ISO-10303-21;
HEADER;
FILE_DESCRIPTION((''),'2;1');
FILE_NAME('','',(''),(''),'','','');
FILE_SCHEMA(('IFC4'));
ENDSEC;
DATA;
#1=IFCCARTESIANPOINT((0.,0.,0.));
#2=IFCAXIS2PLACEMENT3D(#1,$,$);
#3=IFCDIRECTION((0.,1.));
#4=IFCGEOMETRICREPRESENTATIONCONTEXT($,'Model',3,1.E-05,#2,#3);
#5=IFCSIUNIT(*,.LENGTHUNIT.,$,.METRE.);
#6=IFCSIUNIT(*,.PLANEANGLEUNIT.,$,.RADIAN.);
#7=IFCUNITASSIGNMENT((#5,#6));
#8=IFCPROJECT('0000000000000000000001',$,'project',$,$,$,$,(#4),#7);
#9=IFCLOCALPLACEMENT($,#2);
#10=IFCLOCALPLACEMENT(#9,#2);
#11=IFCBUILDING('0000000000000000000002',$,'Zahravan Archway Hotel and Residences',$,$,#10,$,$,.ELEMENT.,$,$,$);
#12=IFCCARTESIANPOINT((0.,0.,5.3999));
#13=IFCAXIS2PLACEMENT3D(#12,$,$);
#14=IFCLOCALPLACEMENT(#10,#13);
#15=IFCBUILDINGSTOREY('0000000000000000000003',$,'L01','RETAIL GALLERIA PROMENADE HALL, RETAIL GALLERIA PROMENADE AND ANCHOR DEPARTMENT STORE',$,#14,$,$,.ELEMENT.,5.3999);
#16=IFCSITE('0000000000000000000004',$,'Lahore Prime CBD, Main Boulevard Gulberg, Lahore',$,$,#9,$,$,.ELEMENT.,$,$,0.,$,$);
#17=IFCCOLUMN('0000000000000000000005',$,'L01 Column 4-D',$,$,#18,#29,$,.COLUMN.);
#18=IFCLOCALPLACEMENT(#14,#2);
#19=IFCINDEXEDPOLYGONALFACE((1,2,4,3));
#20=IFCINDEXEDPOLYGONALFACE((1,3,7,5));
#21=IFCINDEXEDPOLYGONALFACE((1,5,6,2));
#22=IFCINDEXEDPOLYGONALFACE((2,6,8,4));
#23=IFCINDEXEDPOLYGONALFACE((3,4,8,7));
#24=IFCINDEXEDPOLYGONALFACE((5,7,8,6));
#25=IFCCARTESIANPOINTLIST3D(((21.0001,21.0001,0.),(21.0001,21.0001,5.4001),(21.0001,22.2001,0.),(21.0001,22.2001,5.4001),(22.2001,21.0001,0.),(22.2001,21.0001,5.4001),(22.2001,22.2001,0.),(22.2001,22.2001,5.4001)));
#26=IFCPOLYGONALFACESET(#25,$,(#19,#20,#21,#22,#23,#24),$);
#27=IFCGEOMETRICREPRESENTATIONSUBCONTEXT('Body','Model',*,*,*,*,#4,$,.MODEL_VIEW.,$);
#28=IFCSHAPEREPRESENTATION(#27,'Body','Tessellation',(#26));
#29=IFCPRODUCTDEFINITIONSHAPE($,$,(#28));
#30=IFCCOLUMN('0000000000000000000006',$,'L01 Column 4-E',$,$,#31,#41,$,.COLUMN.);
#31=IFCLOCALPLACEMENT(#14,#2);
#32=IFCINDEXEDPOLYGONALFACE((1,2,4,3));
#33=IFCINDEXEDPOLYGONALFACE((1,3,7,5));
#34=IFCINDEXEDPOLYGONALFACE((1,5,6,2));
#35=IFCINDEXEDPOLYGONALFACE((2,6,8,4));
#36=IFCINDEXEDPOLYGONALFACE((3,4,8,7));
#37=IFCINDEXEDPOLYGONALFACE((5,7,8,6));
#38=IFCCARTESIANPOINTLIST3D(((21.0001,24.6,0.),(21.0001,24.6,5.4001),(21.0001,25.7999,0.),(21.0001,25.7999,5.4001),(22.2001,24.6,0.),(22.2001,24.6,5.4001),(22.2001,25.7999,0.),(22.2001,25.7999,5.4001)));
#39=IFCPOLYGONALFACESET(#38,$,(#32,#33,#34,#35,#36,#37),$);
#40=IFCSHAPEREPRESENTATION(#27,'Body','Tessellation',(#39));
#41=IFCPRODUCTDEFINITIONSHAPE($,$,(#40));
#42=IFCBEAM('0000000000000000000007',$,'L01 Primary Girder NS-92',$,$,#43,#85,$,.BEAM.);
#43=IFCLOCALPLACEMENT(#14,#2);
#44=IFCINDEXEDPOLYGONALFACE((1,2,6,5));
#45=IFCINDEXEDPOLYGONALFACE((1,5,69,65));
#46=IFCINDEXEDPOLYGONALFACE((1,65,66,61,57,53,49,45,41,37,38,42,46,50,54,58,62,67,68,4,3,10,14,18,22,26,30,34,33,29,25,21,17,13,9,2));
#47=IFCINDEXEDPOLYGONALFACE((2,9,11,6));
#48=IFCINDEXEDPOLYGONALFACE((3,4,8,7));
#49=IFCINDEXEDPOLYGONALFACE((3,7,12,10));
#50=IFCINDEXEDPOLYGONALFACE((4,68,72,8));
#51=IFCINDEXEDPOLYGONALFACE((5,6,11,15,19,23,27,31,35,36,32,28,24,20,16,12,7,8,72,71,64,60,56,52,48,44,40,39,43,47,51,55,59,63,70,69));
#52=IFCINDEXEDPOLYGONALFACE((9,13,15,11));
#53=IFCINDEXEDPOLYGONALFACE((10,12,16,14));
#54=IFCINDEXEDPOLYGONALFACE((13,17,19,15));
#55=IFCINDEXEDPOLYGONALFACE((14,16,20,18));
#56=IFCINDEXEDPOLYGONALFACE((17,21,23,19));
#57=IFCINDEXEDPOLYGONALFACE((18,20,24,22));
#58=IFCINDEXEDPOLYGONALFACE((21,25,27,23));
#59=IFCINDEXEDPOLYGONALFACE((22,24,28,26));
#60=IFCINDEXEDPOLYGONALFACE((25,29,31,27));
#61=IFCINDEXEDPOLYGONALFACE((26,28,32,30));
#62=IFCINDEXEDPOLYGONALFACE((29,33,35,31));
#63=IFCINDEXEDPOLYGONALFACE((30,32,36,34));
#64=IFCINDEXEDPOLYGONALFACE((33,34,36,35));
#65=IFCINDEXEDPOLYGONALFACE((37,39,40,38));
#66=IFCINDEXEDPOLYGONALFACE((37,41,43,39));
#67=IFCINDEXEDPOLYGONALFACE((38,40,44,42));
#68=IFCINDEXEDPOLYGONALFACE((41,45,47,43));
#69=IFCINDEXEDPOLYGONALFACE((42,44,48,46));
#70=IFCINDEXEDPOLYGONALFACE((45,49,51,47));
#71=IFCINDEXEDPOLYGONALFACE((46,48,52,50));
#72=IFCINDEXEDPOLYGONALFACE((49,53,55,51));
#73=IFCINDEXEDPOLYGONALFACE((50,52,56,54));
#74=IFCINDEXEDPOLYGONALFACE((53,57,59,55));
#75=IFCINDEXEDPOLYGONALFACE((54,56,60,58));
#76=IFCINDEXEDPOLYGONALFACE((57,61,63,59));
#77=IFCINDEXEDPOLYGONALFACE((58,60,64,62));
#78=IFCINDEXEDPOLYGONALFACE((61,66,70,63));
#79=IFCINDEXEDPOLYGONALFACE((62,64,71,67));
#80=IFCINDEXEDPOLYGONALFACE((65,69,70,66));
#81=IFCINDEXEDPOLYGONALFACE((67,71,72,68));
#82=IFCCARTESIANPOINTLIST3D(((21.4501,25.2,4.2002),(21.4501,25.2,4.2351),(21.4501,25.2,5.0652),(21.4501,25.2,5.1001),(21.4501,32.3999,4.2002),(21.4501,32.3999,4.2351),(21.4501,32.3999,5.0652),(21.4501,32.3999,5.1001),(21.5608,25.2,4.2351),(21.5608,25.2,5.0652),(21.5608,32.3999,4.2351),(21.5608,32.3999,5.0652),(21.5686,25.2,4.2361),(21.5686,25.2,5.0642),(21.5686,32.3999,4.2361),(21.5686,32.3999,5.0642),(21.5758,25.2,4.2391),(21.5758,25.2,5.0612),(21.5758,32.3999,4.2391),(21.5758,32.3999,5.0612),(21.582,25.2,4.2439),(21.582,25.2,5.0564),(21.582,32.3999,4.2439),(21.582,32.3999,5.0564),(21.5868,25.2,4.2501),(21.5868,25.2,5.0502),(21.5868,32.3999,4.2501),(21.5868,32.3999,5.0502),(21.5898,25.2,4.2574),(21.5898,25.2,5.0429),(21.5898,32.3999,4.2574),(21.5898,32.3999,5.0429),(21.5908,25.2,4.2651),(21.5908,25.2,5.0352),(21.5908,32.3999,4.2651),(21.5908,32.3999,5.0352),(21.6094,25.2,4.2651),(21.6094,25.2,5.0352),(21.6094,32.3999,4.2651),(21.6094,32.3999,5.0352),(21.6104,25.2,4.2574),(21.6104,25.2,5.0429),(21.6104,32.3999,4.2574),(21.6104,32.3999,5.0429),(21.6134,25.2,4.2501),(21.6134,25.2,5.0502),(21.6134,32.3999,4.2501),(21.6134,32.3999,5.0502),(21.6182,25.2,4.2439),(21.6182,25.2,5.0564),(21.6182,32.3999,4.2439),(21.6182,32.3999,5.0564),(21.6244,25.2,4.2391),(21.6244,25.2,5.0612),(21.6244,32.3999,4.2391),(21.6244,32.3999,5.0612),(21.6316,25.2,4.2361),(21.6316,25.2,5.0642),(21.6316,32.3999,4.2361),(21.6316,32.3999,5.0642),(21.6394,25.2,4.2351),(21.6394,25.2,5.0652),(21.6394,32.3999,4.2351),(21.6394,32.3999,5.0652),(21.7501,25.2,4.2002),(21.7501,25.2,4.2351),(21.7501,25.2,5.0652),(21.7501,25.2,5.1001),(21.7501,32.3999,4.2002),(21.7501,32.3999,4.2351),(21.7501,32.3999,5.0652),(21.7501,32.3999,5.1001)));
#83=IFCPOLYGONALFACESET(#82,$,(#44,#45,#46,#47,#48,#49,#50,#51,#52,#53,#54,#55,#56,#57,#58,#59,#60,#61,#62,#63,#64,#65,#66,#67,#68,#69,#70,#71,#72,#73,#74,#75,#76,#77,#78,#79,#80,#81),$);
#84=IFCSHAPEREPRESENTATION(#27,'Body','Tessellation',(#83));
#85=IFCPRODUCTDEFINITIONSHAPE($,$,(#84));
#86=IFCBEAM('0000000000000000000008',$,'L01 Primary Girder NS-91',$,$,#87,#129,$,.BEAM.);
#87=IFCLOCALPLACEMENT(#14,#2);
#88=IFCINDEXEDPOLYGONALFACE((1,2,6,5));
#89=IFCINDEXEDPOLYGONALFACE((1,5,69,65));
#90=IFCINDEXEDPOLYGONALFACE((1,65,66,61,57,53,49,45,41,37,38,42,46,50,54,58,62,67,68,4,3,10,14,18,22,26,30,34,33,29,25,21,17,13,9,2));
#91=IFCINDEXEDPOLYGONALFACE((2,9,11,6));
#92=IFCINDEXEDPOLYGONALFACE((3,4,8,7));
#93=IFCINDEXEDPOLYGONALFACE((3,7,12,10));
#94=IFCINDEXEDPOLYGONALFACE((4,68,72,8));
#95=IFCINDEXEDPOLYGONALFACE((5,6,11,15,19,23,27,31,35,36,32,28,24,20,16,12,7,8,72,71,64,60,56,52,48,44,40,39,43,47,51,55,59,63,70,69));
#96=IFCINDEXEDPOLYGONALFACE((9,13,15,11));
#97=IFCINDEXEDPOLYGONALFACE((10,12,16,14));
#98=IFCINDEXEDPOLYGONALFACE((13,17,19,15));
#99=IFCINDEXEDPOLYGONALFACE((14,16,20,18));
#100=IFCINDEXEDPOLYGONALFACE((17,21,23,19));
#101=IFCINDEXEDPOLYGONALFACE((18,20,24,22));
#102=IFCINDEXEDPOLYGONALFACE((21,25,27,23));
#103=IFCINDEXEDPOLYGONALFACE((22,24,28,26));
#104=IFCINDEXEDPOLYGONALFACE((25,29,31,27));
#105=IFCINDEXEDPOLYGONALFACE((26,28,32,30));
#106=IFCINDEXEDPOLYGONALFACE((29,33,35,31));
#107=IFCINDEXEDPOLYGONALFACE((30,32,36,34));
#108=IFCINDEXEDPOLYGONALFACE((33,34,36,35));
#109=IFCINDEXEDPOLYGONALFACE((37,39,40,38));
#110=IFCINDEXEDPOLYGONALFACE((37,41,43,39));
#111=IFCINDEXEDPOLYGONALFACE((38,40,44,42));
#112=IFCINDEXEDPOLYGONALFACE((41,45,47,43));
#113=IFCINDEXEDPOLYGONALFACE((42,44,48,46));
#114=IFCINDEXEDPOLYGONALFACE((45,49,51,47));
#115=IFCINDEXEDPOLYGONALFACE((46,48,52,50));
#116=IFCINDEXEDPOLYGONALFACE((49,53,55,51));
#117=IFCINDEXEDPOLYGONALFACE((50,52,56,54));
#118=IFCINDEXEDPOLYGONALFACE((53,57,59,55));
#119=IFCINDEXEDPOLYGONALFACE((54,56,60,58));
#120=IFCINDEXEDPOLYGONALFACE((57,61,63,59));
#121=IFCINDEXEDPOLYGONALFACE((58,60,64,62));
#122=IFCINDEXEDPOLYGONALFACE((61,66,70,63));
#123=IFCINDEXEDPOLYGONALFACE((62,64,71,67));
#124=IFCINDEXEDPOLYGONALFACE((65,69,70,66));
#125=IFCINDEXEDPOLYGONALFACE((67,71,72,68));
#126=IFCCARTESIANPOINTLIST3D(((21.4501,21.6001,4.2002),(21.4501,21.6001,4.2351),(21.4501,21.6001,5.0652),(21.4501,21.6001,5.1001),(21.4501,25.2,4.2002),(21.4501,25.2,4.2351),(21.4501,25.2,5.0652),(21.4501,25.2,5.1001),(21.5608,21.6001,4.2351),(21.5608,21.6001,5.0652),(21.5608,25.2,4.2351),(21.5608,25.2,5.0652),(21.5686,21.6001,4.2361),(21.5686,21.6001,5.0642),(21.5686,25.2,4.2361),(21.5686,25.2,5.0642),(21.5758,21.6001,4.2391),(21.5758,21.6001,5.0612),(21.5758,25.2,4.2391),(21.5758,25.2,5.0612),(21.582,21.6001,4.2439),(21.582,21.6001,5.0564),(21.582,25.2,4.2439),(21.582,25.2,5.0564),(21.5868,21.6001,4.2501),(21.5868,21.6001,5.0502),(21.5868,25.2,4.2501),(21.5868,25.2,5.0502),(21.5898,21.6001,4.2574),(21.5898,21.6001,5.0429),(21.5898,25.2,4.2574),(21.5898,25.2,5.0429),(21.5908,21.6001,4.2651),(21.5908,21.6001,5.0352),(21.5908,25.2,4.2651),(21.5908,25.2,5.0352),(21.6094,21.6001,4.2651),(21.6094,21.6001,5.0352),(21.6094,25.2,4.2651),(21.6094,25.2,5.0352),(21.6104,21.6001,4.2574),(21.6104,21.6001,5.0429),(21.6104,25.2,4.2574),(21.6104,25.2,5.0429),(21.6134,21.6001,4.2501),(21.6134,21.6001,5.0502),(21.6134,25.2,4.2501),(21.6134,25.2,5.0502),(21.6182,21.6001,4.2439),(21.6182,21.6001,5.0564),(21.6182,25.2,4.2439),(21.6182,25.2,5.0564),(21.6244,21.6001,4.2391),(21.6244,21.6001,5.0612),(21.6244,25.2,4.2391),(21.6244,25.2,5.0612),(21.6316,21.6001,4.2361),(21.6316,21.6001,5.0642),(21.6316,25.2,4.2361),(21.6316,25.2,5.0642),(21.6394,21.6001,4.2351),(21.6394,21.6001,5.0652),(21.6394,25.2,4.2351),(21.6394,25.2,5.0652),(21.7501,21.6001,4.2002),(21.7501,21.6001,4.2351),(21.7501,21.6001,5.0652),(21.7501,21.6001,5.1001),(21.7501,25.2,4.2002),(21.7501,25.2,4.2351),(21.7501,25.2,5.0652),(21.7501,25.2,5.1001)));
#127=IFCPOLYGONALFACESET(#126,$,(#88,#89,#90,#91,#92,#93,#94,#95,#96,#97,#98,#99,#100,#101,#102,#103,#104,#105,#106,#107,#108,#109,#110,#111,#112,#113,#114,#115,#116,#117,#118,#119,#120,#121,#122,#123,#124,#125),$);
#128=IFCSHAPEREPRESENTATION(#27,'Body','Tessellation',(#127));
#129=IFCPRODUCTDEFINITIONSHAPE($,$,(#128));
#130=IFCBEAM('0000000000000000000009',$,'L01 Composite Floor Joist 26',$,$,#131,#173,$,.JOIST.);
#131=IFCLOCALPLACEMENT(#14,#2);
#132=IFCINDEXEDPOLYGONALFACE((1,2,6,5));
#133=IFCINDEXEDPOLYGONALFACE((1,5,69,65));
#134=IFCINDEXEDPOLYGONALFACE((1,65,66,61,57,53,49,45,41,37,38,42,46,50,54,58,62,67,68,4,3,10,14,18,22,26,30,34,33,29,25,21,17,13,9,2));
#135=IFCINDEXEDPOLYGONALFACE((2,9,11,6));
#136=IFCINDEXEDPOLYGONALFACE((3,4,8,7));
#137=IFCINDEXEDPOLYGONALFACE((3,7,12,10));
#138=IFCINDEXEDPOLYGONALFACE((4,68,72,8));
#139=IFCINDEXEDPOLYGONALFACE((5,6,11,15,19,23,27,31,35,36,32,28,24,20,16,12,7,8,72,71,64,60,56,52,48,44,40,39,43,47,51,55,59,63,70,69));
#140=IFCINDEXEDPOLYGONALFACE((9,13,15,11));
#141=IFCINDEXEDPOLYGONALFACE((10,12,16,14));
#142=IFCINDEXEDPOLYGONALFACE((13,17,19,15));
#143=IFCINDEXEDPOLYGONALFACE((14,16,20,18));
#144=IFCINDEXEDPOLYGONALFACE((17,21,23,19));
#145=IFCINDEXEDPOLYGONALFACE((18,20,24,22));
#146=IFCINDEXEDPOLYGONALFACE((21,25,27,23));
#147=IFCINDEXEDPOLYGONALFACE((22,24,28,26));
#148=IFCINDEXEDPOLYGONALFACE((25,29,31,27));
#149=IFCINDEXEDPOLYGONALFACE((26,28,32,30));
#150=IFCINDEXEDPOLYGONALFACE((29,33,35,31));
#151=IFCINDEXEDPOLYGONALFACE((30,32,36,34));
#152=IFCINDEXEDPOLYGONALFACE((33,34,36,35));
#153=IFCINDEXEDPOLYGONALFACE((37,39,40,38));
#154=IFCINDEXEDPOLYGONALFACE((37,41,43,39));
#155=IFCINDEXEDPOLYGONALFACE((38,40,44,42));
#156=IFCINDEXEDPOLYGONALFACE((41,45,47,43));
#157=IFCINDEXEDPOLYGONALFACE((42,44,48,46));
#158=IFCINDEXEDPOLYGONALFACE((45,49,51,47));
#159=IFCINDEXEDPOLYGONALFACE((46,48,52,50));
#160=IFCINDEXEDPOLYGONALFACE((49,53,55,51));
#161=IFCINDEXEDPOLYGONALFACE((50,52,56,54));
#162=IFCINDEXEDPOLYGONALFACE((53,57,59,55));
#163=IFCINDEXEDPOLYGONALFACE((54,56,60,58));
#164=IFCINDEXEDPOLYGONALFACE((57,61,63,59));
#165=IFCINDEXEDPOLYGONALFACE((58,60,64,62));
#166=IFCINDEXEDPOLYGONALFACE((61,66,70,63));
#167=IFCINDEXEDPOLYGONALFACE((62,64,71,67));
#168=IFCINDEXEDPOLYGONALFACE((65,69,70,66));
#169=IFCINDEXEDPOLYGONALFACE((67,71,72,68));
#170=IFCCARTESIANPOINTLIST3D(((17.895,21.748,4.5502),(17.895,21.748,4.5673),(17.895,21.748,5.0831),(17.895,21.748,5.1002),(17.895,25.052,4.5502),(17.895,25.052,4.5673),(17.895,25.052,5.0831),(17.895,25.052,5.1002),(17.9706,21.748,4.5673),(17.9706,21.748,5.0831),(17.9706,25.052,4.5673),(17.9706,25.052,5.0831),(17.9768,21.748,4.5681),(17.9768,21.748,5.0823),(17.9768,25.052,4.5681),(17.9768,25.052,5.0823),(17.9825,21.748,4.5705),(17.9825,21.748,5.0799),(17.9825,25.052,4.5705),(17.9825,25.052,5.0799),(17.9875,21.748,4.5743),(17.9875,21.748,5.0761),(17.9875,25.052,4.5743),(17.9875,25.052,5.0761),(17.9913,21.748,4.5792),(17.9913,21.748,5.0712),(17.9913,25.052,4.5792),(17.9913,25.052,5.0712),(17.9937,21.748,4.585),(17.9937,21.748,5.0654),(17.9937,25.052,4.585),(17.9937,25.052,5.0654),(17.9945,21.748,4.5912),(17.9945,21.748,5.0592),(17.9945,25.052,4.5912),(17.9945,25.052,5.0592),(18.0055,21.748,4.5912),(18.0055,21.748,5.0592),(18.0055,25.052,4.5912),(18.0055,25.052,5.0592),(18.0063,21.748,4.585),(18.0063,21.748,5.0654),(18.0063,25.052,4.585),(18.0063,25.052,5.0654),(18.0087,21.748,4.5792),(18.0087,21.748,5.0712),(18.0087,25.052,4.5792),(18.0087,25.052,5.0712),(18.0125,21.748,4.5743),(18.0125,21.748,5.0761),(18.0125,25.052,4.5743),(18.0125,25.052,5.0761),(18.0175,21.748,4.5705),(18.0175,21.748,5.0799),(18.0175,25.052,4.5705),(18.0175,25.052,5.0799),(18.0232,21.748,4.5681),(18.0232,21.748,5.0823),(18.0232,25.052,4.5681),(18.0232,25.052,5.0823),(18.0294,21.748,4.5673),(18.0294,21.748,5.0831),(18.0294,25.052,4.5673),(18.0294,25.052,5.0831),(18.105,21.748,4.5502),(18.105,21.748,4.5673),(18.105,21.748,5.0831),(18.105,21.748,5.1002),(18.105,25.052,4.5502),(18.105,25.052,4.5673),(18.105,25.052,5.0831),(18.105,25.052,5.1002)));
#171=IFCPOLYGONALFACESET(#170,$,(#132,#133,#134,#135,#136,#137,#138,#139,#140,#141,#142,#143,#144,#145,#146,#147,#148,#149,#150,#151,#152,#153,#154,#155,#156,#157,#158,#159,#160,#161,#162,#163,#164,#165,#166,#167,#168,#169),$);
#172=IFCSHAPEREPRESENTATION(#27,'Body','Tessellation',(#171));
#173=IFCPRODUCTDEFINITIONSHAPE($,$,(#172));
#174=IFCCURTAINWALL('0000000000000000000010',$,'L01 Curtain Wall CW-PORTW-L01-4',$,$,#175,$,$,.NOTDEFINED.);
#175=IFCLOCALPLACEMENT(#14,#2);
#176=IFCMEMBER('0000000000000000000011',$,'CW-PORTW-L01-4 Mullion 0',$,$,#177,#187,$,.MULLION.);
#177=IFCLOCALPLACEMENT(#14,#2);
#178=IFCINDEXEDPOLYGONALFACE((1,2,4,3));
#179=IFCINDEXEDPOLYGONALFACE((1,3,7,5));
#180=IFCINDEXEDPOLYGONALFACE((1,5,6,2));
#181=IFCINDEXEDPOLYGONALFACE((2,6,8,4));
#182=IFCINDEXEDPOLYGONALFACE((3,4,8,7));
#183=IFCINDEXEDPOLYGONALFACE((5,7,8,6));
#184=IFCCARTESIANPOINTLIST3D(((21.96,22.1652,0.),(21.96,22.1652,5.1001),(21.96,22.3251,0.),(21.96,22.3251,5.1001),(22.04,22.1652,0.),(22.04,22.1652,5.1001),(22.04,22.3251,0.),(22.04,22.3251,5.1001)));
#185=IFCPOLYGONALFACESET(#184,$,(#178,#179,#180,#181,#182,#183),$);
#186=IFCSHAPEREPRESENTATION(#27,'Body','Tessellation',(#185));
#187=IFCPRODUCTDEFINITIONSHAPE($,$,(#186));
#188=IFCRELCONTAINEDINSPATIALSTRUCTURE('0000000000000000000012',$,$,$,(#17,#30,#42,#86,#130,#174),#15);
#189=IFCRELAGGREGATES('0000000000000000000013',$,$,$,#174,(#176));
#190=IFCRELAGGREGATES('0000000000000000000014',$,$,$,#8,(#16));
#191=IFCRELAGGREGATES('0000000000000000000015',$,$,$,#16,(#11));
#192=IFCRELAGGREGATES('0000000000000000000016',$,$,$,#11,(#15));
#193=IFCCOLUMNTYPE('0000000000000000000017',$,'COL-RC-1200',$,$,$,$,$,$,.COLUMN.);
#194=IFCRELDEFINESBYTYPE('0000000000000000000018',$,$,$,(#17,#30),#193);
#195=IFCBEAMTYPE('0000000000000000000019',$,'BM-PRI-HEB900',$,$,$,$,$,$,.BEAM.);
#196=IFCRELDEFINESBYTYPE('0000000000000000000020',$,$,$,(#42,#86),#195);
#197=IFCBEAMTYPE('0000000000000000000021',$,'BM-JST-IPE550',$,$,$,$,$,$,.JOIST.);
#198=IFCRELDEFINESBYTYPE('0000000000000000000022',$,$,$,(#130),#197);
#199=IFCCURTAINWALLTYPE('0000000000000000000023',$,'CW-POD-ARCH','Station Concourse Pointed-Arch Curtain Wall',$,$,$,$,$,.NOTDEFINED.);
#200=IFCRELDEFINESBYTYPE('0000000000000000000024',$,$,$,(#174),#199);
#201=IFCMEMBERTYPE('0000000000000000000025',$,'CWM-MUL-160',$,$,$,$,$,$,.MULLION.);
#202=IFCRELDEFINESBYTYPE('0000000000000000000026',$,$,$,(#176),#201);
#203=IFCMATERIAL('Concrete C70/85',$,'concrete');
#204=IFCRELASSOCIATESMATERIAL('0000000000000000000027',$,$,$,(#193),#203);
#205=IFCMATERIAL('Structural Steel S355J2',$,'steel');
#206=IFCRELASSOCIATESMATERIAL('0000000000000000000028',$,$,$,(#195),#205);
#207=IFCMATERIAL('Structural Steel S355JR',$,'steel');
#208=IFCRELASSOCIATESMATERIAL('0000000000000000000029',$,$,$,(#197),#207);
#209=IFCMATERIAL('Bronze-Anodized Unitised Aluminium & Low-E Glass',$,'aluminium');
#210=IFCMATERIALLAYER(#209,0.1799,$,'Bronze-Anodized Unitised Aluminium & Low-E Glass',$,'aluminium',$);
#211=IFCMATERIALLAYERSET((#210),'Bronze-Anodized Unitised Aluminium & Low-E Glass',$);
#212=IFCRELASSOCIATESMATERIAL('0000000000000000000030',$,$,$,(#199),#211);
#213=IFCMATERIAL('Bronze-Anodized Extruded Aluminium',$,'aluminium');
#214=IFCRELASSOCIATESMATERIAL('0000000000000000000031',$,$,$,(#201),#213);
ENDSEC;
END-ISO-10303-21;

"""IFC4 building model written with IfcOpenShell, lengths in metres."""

from ifc_helpers import new_model, si_unit, direction, frame, origin, origin_2d, place, context, subcontext, project, spatial, rectangle, i_section, extrude, source, transform, mapped, material, layer, layer_set, material_profile, profile_set, type_object, element, aggregate, save


model = new_model("IFC4")

# Units and contexts
model_context = context("Model", 3, precision=1e-05, world=origin(), true_north=direction((0.0, 1.0)))
body_context = subcontext(model_context, "Body", "Model", "MODEL_VIEW")
ifc_project = project(units=[si_unit("LENGTHUNIT", "METRE"), si_unit("PLANEANGLEUNIT", "RADIAN")], contexts=[model_context])

# Site, building, storey
site_placement = place(None, origin())
site = spatial("IfcSite", under=ifc_project, at=site_placement, Name="Lahore Prime CBD, Main Boulevard Gulberg, Lahore", CompositionType="ELEMENT", RefElevation=0.0)
building_placement = place(site_placement, origin())
building = spatial("IfcBuilding", under=site, at=building_placement, Name="Zahravan Archway Hotel and Residences", CompositionType="ELEMENT")
storey_placement = place(building_placement, frame((0.0, 0.0, 5.3999)))
storey = spatial("IfcBuildingStorey", under=building, at=storey_placement, Name="L01", Description="RETAIL GALLERIA PROMENADE HALL, RETAIL GALLERIA PROMENADE AND ANCHOR DEPARTMENT STORE", CompositionType="ELEMENT", Elevation=5.3999)

# Columns
ifc_material_1 = material(Name="Concrete C70/85", Category="concrete")
ifc_material_profile_1 = material_profile(ifc_material_1, rectangle(XDim=1.2, YDim=1.2, at=origin_2d()), Name="RC-COL-1200x1200", Category="concrete")
ifc_profile_set_1 = profile_set([ifc_material_profile_1], Name="Concrete C70/85")
column_type = type_object("IfcColumnType", Name="COL-RC-1200", PredefinedType="COLUMN", material=ifc_profile_set_1)
shared_shape_1 = source(origin(), body_context, "Body", "SweptSolid", [
    extrude(rectangle(XDim=1.2, YDim=1.2, at=origin_2d()), origin(), (0.0, 0.0, 1.0), 5.4001),
])
for number, where, z_axis, x_axis, name in (
    (1, (21.6001, 21.6001, 0.0), (0.0, 0.0, 1.0), (1.0, 0.0, 0.0), "L01 Column 4-D"),
    (2, (21.6001, 25.2, 0.0), (0.0, 0.0, 1.0), (1.0, 0.0, 0.0), "L01 Column 4-E"),
):
    element("IfcColumn", number, at=place(storey_placement, frame(where, z_axis=z_axis, x_axis=x_axis)), inside=storey, type_object=column_type, Name=name, PredefinedType="COLUMN", context=body_context, shape_type="MappedRepresentation", body=[
        mapped(shared_shape_1, transform((0.0, 0.0, 0.0), scale=1.0)),
    ])

# Beams
ifc_material_2 = material(Name="Structural Steel S355J2", Category="steel")
ifc_material_profile_2 = material_profile(ifc_material_2, i_section(OverallWidth=0.3, OverallDepth=0.8999, WebThickness=0.0186, FlangeThickness=0.0349, FilletRadius=0.03, at=origin_2d()), Name="HEB 900", Category="steel")
ifc_profile_set_2 = profile_set([ifc_material_profile_2], Name="Structural Steel S355J2")
beam_type_1 = type_object("IfcBeamType", Name="BM-PRI-HEB900", PredefinedType="BEAM", material=ifc_profile_set_2)
shared_shape_2 = source(origin(), body_context, "Body", "SweptSolid", [
    extrude(i_section(OverallWidth=0.3, OverallDepth=0.8999, WebThickness=0.0186, FlangeThickness=0.0349, FilletRadius=0.03, at=origin_2d()), origin(), (0.0, 0.0, 1.0), 7.2),
])
beam_1_placement = place(storey_placement, frame((21.6001, 25.2, 4.6501), z_axis=(0.0, 1.0, 0.0), x_axis=(-1.0, 0.0, 0.0)))
element("IfcBeam", 3, at=beam_1_placement, inside=storey, type_object=beam_type_1, Name="L01 Primary Girder NS-92", PredefinedType="BEAM", context=body_context, shape_type="MappedRepresentation", body=[
    mapped(shared_shape_2, transform((0.0, 0.0, 0.0), scale=1.0)),
])
shared_shape_3 = source(origin(), body_context, "Body", "SweptSolid", [
    extrude(i_section(OverallWidth=0.3, OverallDepth=0.8999, WebThickness=0.0186, FlangeThickness=0.0349, FilletRadius=0.03, at=origin_2d()), origin(), (0.0, 0.0, 1.0), 3.5999),
])
beam_2_placement = place(storey_placement, frame((21.6001, 21.6001, 4.6501), z_axis=(0.0, 1.0, 0.0), x_axis=(-1.0, 0.0, 0.0)))
element("IfcBeam", 4, at=beam_2_placement, inside=storey, type_object=beam_type_1, Name="L01 Primary Girder NS-91", PredefinedType="BEAM", context=body_context, shape_type="MappedRepresentation", body=[
    mapped(shared_shape_3, transform((0.0, 0.0, 0.0), scale=1.0)),
])
ifc_material_3 = material(Name="Structural Steel S355JR", Category="steel")
ifc_material_profile_3 = material_profile(ifc_material_3, i_section(OverallWidth=0.21, OverallDepth=0.55, WebThickness=0.011, FlangeThickness=0.0171, FilletRadius=0.0239, at=origin_2d()), Name="IPE 550", Category="steel")
ifc_profile_set_3 = profile_set([ifc_material_profile_3], Name="Structural Steel S355JR")
beam_type_2 = type_object("IfcBeamType", Name="BM-JST-IPE550", PredefinedType="JOIST", material=ifc_profile_set_3)
shared_shape_4 = source(origin(), body_context, "Body", "SweptSolid", [
    extrude(i_section(OverallWidth=0.21, OverallDepth=0.55, WebThickness=0.011, FlangeThickness=0.0171, FilletRadius=0.0239, at=origin_2d()), origin(), (0.0, 0.0, 1.0), 3.304),
])
beam_3_placement = place(storey_placement, frame((18.0, 21.748, 4.8252), z_axis=(0.0, 1.0, 0.0), x_axis=(-1.0, 0.0, 0.0)))
element("IfcBeam", 5, at=beam_3_placement, inside=storey, type_object=beam_type_2, Name="L01 Composite Floor Joist 26", PredefinedType="JOIST", context=body_context, shape_type="MappedRepresentation", body=[
    mapped(shared_shape_4, transform((0.0, 0.0, 0.0), scale=1.0)),
])

# Curtain wall, member
ifc_material_4 = material(Name="Bronze-Anodized Unitised Aluminium & Low-E Glass", Category="aluminium")
ifc_layer_1 = layer(ifc_material_4, 0.1799, Name="Bronze-Anodized Unitised Aluminium & Low-E Glass", Category="aluminium")
ifc_layer_set_1 = layer_set([ifc_layer_1], Name="Bronze-Anodized Unitised Aluminium & Low-E Glass")
curtain_wall_type = type_object("IfcCurtainWallType", Name="CW-POD-ARCH", Description="Station Concourse Pointed-Arch Curtain Wall", PredefinedType="NOTDEFINED", material=ifc_layer_set_1)
curtain_wall_1_placement = place(storey_placement, origin())
curtain_wall_1 = element("IfcCurtainWall", 6, at=curtain_wall_1_placement, inside=storey, type_object=curtain_wall_type, Name="L01 Curtain Wall CW-PORTW-L01-4", PredefinedType="NOTDEFINED")
ifc_material_5 = material(Name="Bronze-Anodized Extruded Aluminium", Category="aluminium")
ifc_material_profile_4 = material_profile(ifc_material_5, rectangle(XDim=0.0801, YDim=0.1599, at=origin_2d()), Name="MUL 80x160", Category="aluminium")
ifc_profile_set_4 = profile_set([ifc_material_profile_4], Name="Bronze-Anodized Extruded Aluminium")
member_type_1 = type_object("IfcMemberType", Name="CWM-MUL-160", PredefinedType="MULLION", material=ifc_profile_set_4)
shared_shape_5 = source(origin(), body_context, "Body", "SweptSolid", [
    extrude(rectangle(XDim=0.0801, YDim=0.1599, at=origin_2d()), origin(), (0.0, 0.0, 1.0), 5.1001),
])
member_1_placement = place(storey_placement, frame((22.0, 22.2451, 0.0), z_axis=(0.0, 0.0, 1.0), x_axis=(1.0, 0.0, 0.0)))
member_1 = element("IfcMember", 7, at=member_1_placement, type_object=member_type_1, Name="CW-PORTW-L01-4 Mullion 0", PredefinedType="MULLION", context=body_context, shape_type="MappedRepresentation", body=[
    mapped(shared_shape_5, transform((0.0, 0.0, 0.0), scale=1.0)),
])

aggregate(curtain_wall_1, [member_1])

save(model, "model.ifc")
